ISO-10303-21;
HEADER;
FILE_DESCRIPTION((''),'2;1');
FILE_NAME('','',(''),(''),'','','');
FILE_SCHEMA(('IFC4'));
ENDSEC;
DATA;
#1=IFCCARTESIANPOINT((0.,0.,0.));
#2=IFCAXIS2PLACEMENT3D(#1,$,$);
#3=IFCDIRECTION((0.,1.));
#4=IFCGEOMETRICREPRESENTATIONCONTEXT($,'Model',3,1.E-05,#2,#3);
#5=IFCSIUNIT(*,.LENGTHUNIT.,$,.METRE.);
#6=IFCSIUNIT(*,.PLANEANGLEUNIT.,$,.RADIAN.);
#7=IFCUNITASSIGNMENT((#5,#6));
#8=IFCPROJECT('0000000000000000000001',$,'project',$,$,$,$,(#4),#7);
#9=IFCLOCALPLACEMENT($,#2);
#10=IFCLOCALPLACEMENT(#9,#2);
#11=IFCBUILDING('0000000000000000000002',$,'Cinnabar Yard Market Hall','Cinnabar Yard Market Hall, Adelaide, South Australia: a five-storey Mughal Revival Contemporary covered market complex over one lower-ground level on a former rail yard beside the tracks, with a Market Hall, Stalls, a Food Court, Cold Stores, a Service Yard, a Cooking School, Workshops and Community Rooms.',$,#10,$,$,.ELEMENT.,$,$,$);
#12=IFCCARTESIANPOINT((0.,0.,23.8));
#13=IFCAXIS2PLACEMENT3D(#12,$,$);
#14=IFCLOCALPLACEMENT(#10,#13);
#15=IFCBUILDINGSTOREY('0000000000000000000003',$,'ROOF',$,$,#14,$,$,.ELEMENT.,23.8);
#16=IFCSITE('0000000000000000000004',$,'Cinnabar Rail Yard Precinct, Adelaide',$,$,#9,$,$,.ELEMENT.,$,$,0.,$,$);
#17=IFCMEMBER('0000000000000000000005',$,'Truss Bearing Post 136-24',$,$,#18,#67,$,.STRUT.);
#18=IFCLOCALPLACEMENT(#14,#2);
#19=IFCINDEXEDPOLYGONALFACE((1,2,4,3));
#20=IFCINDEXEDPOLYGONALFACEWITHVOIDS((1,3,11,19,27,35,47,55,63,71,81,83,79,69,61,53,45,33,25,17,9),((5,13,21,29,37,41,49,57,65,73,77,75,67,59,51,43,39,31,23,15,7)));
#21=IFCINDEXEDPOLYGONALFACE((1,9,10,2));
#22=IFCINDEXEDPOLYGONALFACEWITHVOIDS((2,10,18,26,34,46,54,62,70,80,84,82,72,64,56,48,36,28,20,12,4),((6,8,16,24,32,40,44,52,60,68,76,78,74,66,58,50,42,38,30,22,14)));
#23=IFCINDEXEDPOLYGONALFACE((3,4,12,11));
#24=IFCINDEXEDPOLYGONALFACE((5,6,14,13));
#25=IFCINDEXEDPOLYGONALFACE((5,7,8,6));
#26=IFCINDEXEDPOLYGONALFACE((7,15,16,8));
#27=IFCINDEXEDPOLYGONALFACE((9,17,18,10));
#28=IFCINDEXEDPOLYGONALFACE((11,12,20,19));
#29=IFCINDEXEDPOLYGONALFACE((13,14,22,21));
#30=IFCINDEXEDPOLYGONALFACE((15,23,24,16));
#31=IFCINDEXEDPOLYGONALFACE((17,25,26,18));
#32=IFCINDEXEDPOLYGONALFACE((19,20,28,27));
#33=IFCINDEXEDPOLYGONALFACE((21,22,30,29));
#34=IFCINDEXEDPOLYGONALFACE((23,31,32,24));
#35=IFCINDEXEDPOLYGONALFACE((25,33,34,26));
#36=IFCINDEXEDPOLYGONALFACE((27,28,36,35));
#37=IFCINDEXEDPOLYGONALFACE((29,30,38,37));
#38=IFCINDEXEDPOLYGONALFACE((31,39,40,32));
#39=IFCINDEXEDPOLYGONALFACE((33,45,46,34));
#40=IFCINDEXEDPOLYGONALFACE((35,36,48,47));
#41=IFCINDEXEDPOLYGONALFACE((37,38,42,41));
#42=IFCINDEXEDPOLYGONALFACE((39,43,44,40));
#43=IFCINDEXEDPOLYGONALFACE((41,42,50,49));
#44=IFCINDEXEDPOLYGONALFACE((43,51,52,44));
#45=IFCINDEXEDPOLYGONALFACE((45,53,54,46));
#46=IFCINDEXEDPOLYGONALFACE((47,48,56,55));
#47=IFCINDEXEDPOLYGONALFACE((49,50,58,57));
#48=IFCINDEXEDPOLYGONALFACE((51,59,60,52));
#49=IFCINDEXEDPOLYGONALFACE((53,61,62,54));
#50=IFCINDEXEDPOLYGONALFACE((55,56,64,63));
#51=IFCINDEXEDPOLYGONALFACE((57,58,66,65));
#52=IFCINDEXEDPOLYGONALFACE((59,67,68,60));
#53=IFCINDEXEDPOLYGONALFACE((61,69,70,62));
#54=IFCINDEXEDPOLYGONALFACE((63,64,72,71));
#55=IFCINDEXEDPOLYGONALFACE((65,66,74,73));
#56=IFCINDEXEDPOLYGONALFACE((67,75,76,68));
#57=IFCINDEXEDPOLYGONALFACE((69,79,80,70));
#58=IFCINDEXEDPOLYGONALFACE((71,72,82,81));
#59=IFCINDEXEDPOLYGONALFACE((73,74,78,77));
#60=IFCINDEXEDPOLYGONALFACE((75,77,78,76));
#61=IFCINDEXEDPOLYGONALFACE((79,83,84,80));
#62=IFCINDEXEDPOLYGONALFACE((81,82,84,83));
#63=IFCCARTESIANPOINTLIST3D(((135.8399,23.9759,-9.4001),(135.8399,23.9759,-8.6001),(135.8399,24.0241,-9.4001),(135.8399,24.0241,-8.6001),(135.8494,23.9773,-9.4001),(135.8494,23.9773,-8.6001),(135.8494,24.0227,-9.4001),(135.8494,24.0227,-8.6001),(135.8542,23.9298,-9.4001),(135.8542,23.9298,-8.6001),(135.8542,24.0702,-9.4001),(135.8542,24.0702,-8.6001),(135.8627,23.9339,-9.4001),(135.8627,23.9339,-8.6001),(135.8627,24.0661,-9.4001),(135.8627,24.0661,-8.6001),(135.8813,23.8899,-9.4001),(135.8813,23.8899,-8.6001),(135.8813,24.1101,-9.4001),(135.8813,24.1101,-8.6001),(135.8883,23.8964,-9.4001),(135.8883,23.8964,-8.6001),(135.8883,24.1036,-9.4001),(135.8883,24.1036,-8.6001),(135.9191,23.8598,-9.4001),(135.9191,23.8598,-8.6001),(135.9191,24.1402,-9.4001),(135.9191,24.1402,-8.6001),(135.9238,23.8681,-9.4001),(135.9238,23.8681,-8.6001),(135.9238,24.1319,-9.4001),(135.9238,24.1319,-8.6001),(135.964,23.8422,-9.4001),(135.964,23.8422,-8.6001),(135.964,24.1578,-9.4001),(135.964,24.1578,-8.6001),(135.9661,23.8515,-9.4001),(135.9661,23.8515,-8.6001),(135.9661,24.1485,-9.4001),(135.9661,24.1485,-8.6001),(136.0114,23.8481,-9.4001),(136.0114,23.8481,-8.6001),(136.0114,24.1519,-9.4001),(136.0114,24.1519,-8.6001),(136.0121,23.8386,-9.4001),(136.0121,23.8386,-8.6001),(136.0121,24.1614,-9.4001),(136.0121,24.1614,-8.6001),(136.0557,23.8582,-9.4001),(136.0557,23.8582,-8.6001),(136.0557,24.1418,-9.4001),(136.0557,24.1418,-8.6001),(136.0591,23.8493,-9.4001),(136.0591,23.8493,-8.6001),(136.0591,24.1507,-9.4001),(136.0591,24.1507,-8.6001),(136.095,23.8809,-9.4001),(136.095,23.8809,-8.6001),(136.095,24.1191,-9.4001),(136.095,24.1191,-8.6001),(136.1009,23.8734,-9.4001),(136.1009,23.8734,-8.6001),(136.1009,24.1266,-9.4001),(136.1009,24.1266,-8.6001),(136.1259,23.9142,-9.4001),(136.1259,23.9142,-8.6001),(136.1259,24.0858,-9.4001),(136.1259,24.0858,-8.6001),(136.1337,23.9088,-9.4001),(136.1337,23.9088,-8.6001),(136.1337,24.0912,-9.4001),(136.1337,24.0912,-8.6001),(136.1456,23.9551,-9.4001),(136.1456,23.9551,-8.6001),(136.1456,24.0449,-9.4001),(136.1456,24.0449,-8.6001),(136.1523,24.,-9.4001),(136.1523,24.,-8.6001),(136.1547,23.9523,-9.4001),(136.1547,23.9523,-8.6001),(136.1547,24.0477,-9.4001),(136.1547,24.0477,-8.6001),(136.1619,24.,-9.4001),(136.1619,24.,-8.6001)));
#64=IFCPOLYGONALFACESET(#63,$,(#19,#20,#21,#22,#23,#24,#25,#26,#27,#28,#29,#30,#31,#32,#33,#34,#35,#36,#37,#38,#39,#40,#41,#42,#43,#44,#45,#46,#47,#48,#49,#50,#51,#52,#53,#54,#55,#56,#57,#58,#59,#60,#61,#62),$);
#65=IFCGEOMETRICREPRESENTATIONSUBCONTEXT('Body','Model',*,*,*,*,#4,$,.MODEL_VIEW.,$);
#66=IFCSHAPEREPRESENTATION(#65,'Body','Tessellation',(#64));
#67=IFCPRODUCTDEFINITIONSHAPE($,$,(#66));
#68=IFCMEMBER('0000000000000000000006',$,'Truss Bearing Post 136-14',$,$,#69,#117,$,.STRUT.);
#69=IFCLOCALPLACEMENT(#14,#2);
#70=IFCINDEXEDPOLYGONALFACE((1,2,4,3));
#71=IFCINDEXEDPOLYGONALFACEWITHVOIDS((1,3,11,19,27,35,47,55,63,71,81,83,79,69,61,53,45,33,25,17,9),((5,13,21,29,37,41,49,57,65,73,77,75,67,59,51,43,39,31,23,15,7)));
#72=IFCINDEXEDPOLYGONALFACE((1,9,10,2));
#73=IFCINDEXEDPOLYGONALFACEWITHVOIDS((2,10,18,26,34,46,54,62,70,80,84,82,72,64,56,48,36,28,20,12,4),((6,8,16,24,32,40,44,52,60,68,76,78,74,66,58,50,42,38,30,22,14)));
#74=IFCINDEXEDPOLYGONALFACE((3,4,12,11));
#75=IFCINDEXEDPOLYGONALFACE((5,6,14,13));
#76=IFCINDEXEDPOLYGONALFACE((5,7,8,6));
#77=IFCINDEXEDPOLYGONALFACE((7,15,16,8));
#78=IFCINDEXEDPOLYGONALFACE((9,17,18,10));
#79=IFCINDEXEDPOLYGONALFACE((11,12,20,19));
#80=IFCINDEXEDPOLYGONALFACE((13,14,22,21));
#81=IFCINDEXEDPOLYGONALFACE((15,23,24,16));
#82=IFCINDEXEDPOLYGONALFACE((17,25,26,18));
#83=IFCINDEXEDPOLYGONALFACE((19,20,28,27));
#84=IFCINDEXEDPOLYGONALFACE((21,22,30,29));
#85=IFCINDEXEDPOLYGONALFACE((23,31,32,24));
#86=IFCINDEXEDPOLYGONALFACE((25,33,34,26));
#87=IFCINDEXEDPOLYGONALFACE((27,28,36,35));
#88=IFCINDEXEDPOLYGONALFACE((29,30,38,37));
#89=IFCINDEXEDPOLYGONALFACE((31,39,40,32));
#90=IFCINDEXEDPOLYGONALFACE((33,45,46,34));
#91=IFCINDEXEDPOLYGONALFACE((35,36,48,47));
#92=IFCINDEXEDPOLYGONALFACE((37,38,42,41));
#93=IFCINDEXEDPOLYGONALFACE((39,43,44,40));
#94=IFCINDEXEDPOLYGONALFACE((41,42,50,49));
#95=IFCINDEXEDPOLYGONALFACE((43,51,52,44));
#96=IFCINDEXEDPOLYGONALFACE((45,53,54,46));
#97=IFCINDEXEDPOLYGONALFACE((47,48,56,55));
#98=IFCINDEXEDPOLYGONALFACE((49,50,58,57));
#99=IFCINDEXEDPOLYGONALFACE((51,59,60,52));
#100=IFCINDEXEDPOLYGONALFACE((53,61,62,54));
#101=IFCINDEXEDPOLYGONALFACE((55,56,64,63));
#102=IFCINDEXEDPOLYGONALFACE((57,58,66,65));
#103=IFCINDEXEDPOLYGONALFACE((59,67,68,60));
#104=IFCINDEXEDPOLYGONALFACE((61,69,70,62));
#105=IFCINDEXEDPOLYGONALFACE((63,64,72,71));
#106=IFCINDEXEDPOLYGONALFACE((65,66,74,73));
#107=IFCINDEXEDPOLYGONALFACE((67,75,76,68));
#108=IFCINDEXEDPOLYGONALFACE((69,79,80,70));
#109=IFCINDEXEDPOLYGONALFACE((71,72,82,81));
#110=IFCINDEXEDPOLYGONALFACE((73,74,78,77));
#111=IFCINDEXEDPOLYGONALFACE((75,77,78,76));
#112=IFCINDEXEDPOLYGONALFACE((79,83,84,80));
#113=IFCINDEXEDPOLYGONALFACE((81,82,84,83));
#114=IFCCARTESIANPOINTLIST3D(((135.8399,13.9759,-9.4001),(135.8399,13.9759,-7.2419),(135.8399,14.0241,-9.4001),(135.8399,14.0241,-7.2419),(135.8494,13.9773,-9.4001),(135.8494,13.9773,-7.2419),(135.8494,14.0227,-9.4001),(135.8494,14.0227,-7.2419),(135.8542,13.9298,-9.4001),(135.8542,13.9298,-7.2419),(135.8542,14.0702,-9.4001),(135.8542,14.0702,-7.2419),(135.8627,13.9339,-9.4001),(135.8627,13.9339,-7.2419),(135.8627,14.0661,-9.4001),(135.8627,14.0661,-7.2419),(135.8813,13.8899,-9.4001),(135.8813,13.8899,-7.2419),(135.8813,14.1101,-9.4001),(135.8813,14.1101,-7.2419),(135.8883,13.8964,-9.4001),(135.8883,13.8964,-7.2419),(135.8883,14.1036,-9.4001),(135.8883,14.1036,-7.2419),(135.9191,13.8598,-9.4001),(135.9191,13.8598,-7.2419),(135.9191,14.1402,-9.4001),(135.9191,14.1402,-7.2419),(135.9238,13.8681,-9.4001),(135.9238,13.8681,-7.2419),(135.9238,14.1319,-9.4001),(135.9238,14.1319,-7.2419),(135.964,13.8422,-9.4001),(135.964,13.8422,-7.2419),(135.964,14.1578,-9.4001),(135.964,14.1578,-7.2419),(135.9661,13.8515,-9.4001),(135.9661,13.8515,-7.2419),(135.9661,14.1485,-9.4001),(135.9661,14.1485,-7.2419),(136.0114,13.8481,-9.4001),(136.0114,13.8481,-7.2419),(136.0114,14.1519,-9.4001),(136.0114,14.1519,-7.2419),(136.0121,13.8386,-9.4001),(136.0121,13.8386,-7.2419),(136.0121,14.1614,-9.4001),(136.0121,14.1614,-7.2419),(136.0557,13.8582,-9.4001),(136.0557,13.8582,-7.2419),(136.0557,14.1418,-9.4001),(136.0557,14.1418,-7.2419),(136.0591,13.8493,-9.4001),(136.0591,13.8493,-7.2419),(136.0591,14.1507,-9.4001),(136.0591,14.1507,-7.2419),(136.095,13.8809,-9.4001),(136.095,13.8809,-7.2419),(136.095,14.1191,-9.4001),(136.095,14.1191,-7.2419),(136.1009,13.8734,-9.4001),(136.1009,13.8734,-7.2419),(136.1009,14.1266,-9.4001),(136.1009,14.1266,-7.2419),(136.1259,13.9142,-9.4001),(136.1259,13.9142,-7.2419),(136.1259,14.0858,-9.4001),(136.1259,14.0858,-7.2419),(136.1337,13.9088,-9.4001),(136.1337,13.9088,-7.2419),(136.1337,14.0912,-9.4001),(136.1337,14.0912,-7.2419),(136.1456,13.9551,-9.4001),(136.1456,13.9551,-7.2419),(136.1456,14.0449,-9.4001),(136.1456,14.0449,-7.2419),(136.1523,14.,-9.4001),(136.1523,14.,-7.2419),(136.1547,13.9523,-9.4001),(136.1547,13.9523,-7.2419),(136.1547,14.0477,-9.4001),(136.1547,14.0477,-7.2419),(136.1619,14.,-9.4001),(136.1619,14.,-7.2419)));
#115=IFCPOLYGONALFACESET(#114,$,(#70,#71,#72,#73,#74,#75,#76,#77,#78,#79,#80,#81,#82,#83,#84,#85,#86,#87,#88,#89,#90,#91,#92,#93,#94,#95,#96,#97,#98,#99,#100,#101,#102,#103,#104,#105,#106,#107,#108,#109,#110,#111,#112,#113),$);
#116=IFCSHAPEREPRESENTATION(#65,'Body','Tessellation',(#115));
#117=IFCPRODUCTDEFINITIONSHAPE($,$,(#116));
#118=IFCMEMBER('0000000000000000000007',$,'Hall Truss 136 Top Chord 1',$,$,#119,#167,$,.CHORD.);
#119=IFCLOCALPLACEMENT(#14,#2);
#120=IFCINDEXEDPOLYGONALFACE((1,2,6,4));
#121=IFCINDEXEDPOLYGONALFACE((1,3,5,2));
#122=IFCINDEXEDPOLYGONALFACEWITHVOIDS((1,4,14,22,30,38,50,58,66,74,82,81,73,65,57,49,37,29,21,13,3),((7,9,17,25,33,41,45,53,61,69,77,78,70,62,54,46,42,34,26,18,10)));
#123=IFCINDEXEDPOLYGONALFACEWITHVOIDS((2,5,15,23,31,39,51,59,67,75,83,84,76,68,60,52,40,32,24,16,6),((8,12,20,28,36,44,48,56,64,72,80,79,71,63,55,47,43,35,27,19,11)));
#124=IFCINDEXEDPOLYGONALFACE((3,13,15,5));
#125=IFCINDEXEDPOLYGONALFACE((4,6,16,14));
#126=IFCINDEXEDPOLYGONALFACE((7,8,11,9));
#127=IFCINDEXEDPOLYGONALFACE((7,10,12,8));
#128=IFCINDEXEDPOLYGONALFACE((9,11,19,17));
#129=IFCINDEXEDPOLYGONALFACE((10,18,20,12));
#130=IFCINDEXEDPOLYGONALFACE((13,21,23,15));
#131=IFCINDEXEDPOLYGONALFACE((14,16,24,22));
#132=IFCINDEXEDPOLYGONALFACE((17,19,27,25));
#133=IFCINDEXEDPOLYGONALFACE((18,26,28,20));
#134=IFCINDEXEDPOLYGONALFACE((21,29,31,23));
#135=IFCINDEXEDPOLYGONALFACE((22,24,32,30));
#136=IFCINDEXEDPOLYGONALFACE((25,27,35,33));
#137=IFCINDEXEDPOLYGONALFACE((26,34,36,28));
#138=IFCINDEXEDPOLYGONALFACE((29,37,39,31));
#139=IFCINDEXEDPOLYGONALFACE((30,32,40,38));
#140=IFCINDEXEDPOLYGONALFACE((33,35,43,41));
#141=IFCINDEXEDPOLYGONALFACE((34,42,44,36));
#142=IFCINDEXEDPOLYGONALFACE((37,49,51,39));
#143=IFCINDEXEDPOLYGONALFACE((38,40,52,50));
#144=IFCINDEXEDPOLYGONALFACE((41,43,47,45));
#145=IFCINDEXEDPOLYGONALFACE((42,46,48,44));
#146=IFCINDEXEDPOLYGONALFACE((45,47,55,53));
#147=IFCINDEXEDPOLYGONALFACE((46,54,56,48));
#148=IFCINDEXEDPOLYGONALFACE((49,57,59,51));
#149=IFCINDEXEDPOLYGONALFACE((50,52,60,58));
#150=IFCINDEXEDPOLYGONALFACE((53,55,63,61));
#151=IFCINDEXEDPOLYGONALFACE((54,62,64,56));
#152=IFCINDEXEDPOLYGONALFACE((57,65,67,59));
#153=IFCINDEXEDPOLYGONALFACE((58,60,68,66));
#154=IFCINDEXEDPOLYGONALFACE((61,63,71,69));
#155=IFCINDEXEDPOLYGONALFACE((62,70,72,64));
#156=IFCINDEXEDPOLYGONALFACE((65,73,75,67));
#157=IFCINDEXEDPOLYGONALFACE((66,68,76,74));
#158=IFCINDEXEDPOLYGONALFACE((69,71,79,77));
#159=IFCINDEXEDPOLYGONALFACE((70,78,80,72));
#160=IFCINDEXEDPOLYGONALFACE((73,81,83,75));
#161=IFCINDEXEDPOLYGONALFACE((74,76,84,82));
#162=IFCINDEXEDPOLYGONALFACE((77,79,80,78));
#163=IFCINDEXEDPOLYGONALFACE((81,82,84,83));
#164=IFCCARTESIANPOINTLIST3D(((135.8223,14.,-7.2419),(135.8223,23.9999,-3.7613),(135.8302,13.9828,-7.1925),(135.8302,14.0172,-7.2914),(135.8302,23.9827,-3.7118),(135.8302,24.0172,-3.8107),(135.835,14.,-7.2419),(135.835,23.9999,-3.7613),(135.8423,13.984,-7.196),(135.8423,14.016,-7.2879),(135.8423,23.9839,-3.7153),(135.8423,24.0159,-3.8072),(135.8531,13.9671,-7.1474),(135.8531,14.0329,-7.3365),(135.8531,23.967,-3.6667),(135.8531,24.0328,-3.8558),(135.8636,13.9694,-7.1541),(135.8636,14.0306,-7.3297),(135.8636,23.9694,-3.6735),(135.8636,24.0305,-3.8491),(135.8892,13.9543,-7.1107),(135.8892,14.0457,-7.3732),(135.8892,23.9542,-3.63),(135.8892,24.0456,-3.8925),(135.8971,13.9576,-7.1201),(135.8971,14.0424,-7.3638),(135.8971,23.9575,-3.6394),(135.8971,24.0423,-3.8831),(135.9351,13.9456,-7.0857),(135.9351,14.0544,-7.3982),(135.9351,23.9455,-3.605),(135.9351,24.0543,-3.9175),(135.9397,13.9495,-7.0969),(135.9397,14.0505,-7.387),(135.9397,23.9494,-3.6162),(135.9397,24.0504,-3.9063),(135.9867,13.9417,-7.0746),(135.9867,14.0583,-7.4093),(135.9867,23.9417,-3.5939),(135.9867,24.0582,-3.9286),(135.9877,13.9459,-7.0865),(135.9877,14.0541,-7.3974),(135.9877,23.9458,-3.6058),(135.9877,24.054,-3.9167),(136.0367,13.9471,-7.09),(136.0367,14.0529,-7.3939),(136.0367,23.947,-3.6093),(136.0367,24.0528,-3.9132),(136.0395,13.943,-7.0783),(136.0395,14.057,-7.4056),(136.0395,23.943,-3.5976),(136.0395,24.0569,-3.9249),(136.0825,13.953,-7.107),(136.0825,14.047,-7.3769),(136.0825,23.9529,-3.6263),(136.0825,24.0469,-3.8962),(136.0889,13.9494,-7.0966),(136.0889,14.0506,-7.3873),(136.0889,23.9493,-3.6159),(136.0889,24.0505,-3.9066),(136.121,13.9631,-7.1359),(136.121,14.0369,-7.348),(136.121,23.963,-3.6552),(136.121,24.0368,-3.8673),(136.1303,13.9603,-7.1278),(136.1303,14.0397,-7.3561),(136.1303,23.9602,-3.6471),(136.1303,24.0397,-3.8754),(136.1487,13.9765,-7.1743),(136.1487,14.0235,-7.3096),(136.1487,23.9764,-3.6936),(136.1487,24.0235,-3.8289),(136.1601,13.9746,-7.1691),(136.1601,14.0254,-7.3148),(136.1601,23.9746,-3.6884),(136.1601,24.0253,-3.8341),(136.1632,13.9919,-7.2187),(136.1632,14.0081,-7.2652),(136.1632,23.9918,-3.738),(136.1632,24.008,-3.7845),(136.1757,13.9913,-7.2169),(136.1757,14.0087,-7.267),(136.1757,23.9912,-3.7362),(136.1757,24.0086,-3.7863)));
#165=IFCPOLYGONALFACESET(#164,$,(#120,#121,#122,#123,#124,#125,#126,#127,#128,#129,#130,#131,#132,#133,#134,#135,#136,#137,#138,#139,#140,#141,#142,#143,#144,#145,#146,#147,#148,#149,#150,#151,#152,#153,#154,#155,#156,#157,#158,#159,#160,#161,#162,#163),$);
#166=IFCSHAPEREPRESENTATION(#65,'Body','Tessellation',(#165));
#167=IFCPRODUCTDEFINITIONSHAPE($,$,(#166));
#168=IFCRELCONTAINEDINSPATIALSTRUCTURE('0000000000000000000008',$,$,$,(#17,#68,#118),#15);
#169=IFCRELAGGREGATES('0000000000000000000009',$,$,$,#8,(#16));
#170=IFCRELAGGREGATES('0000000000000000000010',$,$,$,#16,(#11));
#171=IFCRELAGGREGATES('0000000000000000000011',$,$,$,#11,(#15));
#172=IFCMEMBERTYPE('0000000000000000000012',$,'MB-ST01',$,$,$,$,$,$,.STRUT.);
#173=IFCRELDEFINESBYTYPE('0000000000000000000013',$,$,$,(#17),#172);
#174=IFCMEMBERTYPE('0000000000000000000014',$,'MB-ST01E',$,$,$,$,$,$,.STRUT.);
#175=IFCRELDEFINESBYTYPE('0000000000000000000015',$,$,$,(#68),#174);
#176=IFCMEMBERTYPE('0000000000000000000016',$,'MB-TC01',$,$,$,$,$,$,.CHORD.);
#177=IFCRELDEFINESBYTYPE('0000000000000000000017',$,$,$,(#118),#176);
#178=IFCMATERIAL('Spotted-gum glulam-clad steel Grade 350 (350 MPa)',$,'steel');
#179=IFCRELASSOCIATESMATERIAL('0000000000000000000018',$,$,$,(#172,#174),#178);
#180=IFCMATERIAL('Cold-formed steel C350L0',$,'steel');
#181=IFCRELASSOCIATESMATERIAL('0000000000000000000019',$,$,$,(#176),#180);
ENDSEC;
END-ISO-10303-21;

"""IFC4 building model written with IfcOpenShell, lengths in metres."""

from ifc_helpers import new_model, si_unit, direction, frame, origin, origin_2d_with_axis, place, context, subcontext, project, spatial, hollow_circle, extrude, material, material_profile, profile_set, type_object, element, save


model = new_model("IFC4")

# Units and contexts
model_context = context("Model", 3, precision=1e-05, world=origin(), true_north=direction((0.0, 1.0)))
body_context = subcontext(model_context, "Body", "Model", "MODEL_VIEW")
ifc_project = project(units=[si_unit("LENGTHUNIT", "METRE"), si_unit("PLANEANGLEUNIT", "RADIAN")], contexts=[model_context])

# Site, building, storey
site_placement = place(None, origin())
site = spatial("IfcSite", under=ifc_project, at=site_placement, Name="Cinnabar Rail Yard Precinct, Adelaide", CompositionType="ELEMENT", RefElevation=0.0)
building_placement = place(site_placement, origin())
building = spatial("IfcBuilding", under=site, at=building_placement, Name="Cinnabar Yard Market Hall", Description="Cinnabar Yard Market Hall, Adelaide, South Australia: a five-storey Mughal Revival Contemporary covered market complex over one lower-ground level on a former rail yard beside the tracks, with a Market Hall, Stalls, a Food Court, Cold Stores, a Service Yard, a Cooking School, Workshops and Community Rooms.", CompositionType="ELEMENT")
storey_placement = place(building_placement, frame((0.0, 0.0, 23.8)))
storey = spatial("IfcBuildingStorey", under=building, at=storey_placement, Name="ROOF", CompositionType="ELEMENT", Elevation=23.8)

# Shared definitions
ifc_material_1 = material(Name="Cold-formed steel C350L0", Category="steel")

# Members
ifc_material_2 = material(Name="Spotted-gum glulam-clad steel Grade 350 (350 MPa)", Category="steel")
ifc_material_profile_1 = material_profile(ifc_material_2, hollow_circle(Radius=0.1619, WallThickness=0.0095, at=origin_2d_with_axis()), Name="323.9x9.5CHS")
ifc_profile_set_1 = profile_set([ifc_material_profile_1], Name="Spotted-gum glulam-clad steel Grade 350 (350 MPa)")
member_type_1 = type_object("IfcMemberType", Name="MB-ST01", PredefinedType="STRUT", material=ifc_profile_set_1)
member_1_placement = place(storey_placement, frame((136.0, 24.0, -9.4001), z_axis=(0.0, 0.0, 1.0), x_axis=(1.0, 0.0, 0.0)))
element("IfcMember", 1, at=member_1_placement, inside=storey, type_object=member_type_1, Name="Truss Bearing Post 136-24", PredefinedType="STRUT", context=body_context, shape_type="SweptSolid", body=[
    extrude(hollow_circle(Radius=0.1619, WallThickness=0.0095, at=origin_2d_with_axis()), origin(), (0.0, 0.0, 1.0), 0.8),
])
ifc_material_profile_2 = material_profile(ifc_material_2, hollow_circle(Radius=0.1619, WallThickness=0.0095, at=origin_2d_with_axis()), Name="323.9x9.5CHS")
ifc_profile_set_2 = profile_set([ifc_material_profile_2], Name="Spotted-gum glulam-clad steel Grade 350 (350 MPa)")
member_type_2 = type_object("IfcMemberType", Name="MB-ST01E", PredefinedType="STRUT", material=ifc_profile_set_2)
member_2_placement = place(storey_placement, frame((136.0, 14.0, -9.4001), z_axis=(0.0, 0.0, 1.0), x_axis=(1.0, 0.0, 0.0)))
element("IfcMember", 2, at=member_2_placement, inside=storey, type_object=member_type_2, Name="Truss Bearing Post 136-14", PredefinedType="STRUT", context=body_context, shape_type="SweptSolid", body=[
    extrude(hollow_circle(Radius=0.1619, WallThickness=0.0095, at=origin_2d_with_axis()), origin(), (0.0, 0.0, 1.0), 2.1582),
])
ifc_material_profile_3 = material_profile(ifc_material_1, hollow_circle(Radius=0.1777, WallThickness=0.0127, at=origin_2d_with_axis()), Name="355.6x12.7CHS")
ifc_profile_set_3 = profile_set([ifc_material_profile_3], Name="Cold-formed steel C350L0")
member_type_3 = type_object("IfcMemberType", Name="MB-TC01", PredefinedType="CHORD", material=ifc_profile_set_3)
for number, where, z_axis, x_axis, name in (
    (3, (136.0, 14.0, -7.2419), (0.0, 0.944425, 0.328727), (-1.0, 0.0, 0.0), "Hall Truss 136 Top Chord 1"),
):
    element("IfcMember", number, at=place(storey_placement, frame(where, z_axis=z_axis, x_axis=x_axis)), inside=storey, type_object=member_type_3, Name=name, PredefinedType="CHORD", context=body_context, shape_type="SweptSolid", body=[
        extrude(hollow_circle(Radius=0.1777, WallThickness=0.0127, at=origin_2d_with_axis()), origin(), (0.0, 0.0, 1.0), 10.5884),
    ])

save(model, "model.ifc")
